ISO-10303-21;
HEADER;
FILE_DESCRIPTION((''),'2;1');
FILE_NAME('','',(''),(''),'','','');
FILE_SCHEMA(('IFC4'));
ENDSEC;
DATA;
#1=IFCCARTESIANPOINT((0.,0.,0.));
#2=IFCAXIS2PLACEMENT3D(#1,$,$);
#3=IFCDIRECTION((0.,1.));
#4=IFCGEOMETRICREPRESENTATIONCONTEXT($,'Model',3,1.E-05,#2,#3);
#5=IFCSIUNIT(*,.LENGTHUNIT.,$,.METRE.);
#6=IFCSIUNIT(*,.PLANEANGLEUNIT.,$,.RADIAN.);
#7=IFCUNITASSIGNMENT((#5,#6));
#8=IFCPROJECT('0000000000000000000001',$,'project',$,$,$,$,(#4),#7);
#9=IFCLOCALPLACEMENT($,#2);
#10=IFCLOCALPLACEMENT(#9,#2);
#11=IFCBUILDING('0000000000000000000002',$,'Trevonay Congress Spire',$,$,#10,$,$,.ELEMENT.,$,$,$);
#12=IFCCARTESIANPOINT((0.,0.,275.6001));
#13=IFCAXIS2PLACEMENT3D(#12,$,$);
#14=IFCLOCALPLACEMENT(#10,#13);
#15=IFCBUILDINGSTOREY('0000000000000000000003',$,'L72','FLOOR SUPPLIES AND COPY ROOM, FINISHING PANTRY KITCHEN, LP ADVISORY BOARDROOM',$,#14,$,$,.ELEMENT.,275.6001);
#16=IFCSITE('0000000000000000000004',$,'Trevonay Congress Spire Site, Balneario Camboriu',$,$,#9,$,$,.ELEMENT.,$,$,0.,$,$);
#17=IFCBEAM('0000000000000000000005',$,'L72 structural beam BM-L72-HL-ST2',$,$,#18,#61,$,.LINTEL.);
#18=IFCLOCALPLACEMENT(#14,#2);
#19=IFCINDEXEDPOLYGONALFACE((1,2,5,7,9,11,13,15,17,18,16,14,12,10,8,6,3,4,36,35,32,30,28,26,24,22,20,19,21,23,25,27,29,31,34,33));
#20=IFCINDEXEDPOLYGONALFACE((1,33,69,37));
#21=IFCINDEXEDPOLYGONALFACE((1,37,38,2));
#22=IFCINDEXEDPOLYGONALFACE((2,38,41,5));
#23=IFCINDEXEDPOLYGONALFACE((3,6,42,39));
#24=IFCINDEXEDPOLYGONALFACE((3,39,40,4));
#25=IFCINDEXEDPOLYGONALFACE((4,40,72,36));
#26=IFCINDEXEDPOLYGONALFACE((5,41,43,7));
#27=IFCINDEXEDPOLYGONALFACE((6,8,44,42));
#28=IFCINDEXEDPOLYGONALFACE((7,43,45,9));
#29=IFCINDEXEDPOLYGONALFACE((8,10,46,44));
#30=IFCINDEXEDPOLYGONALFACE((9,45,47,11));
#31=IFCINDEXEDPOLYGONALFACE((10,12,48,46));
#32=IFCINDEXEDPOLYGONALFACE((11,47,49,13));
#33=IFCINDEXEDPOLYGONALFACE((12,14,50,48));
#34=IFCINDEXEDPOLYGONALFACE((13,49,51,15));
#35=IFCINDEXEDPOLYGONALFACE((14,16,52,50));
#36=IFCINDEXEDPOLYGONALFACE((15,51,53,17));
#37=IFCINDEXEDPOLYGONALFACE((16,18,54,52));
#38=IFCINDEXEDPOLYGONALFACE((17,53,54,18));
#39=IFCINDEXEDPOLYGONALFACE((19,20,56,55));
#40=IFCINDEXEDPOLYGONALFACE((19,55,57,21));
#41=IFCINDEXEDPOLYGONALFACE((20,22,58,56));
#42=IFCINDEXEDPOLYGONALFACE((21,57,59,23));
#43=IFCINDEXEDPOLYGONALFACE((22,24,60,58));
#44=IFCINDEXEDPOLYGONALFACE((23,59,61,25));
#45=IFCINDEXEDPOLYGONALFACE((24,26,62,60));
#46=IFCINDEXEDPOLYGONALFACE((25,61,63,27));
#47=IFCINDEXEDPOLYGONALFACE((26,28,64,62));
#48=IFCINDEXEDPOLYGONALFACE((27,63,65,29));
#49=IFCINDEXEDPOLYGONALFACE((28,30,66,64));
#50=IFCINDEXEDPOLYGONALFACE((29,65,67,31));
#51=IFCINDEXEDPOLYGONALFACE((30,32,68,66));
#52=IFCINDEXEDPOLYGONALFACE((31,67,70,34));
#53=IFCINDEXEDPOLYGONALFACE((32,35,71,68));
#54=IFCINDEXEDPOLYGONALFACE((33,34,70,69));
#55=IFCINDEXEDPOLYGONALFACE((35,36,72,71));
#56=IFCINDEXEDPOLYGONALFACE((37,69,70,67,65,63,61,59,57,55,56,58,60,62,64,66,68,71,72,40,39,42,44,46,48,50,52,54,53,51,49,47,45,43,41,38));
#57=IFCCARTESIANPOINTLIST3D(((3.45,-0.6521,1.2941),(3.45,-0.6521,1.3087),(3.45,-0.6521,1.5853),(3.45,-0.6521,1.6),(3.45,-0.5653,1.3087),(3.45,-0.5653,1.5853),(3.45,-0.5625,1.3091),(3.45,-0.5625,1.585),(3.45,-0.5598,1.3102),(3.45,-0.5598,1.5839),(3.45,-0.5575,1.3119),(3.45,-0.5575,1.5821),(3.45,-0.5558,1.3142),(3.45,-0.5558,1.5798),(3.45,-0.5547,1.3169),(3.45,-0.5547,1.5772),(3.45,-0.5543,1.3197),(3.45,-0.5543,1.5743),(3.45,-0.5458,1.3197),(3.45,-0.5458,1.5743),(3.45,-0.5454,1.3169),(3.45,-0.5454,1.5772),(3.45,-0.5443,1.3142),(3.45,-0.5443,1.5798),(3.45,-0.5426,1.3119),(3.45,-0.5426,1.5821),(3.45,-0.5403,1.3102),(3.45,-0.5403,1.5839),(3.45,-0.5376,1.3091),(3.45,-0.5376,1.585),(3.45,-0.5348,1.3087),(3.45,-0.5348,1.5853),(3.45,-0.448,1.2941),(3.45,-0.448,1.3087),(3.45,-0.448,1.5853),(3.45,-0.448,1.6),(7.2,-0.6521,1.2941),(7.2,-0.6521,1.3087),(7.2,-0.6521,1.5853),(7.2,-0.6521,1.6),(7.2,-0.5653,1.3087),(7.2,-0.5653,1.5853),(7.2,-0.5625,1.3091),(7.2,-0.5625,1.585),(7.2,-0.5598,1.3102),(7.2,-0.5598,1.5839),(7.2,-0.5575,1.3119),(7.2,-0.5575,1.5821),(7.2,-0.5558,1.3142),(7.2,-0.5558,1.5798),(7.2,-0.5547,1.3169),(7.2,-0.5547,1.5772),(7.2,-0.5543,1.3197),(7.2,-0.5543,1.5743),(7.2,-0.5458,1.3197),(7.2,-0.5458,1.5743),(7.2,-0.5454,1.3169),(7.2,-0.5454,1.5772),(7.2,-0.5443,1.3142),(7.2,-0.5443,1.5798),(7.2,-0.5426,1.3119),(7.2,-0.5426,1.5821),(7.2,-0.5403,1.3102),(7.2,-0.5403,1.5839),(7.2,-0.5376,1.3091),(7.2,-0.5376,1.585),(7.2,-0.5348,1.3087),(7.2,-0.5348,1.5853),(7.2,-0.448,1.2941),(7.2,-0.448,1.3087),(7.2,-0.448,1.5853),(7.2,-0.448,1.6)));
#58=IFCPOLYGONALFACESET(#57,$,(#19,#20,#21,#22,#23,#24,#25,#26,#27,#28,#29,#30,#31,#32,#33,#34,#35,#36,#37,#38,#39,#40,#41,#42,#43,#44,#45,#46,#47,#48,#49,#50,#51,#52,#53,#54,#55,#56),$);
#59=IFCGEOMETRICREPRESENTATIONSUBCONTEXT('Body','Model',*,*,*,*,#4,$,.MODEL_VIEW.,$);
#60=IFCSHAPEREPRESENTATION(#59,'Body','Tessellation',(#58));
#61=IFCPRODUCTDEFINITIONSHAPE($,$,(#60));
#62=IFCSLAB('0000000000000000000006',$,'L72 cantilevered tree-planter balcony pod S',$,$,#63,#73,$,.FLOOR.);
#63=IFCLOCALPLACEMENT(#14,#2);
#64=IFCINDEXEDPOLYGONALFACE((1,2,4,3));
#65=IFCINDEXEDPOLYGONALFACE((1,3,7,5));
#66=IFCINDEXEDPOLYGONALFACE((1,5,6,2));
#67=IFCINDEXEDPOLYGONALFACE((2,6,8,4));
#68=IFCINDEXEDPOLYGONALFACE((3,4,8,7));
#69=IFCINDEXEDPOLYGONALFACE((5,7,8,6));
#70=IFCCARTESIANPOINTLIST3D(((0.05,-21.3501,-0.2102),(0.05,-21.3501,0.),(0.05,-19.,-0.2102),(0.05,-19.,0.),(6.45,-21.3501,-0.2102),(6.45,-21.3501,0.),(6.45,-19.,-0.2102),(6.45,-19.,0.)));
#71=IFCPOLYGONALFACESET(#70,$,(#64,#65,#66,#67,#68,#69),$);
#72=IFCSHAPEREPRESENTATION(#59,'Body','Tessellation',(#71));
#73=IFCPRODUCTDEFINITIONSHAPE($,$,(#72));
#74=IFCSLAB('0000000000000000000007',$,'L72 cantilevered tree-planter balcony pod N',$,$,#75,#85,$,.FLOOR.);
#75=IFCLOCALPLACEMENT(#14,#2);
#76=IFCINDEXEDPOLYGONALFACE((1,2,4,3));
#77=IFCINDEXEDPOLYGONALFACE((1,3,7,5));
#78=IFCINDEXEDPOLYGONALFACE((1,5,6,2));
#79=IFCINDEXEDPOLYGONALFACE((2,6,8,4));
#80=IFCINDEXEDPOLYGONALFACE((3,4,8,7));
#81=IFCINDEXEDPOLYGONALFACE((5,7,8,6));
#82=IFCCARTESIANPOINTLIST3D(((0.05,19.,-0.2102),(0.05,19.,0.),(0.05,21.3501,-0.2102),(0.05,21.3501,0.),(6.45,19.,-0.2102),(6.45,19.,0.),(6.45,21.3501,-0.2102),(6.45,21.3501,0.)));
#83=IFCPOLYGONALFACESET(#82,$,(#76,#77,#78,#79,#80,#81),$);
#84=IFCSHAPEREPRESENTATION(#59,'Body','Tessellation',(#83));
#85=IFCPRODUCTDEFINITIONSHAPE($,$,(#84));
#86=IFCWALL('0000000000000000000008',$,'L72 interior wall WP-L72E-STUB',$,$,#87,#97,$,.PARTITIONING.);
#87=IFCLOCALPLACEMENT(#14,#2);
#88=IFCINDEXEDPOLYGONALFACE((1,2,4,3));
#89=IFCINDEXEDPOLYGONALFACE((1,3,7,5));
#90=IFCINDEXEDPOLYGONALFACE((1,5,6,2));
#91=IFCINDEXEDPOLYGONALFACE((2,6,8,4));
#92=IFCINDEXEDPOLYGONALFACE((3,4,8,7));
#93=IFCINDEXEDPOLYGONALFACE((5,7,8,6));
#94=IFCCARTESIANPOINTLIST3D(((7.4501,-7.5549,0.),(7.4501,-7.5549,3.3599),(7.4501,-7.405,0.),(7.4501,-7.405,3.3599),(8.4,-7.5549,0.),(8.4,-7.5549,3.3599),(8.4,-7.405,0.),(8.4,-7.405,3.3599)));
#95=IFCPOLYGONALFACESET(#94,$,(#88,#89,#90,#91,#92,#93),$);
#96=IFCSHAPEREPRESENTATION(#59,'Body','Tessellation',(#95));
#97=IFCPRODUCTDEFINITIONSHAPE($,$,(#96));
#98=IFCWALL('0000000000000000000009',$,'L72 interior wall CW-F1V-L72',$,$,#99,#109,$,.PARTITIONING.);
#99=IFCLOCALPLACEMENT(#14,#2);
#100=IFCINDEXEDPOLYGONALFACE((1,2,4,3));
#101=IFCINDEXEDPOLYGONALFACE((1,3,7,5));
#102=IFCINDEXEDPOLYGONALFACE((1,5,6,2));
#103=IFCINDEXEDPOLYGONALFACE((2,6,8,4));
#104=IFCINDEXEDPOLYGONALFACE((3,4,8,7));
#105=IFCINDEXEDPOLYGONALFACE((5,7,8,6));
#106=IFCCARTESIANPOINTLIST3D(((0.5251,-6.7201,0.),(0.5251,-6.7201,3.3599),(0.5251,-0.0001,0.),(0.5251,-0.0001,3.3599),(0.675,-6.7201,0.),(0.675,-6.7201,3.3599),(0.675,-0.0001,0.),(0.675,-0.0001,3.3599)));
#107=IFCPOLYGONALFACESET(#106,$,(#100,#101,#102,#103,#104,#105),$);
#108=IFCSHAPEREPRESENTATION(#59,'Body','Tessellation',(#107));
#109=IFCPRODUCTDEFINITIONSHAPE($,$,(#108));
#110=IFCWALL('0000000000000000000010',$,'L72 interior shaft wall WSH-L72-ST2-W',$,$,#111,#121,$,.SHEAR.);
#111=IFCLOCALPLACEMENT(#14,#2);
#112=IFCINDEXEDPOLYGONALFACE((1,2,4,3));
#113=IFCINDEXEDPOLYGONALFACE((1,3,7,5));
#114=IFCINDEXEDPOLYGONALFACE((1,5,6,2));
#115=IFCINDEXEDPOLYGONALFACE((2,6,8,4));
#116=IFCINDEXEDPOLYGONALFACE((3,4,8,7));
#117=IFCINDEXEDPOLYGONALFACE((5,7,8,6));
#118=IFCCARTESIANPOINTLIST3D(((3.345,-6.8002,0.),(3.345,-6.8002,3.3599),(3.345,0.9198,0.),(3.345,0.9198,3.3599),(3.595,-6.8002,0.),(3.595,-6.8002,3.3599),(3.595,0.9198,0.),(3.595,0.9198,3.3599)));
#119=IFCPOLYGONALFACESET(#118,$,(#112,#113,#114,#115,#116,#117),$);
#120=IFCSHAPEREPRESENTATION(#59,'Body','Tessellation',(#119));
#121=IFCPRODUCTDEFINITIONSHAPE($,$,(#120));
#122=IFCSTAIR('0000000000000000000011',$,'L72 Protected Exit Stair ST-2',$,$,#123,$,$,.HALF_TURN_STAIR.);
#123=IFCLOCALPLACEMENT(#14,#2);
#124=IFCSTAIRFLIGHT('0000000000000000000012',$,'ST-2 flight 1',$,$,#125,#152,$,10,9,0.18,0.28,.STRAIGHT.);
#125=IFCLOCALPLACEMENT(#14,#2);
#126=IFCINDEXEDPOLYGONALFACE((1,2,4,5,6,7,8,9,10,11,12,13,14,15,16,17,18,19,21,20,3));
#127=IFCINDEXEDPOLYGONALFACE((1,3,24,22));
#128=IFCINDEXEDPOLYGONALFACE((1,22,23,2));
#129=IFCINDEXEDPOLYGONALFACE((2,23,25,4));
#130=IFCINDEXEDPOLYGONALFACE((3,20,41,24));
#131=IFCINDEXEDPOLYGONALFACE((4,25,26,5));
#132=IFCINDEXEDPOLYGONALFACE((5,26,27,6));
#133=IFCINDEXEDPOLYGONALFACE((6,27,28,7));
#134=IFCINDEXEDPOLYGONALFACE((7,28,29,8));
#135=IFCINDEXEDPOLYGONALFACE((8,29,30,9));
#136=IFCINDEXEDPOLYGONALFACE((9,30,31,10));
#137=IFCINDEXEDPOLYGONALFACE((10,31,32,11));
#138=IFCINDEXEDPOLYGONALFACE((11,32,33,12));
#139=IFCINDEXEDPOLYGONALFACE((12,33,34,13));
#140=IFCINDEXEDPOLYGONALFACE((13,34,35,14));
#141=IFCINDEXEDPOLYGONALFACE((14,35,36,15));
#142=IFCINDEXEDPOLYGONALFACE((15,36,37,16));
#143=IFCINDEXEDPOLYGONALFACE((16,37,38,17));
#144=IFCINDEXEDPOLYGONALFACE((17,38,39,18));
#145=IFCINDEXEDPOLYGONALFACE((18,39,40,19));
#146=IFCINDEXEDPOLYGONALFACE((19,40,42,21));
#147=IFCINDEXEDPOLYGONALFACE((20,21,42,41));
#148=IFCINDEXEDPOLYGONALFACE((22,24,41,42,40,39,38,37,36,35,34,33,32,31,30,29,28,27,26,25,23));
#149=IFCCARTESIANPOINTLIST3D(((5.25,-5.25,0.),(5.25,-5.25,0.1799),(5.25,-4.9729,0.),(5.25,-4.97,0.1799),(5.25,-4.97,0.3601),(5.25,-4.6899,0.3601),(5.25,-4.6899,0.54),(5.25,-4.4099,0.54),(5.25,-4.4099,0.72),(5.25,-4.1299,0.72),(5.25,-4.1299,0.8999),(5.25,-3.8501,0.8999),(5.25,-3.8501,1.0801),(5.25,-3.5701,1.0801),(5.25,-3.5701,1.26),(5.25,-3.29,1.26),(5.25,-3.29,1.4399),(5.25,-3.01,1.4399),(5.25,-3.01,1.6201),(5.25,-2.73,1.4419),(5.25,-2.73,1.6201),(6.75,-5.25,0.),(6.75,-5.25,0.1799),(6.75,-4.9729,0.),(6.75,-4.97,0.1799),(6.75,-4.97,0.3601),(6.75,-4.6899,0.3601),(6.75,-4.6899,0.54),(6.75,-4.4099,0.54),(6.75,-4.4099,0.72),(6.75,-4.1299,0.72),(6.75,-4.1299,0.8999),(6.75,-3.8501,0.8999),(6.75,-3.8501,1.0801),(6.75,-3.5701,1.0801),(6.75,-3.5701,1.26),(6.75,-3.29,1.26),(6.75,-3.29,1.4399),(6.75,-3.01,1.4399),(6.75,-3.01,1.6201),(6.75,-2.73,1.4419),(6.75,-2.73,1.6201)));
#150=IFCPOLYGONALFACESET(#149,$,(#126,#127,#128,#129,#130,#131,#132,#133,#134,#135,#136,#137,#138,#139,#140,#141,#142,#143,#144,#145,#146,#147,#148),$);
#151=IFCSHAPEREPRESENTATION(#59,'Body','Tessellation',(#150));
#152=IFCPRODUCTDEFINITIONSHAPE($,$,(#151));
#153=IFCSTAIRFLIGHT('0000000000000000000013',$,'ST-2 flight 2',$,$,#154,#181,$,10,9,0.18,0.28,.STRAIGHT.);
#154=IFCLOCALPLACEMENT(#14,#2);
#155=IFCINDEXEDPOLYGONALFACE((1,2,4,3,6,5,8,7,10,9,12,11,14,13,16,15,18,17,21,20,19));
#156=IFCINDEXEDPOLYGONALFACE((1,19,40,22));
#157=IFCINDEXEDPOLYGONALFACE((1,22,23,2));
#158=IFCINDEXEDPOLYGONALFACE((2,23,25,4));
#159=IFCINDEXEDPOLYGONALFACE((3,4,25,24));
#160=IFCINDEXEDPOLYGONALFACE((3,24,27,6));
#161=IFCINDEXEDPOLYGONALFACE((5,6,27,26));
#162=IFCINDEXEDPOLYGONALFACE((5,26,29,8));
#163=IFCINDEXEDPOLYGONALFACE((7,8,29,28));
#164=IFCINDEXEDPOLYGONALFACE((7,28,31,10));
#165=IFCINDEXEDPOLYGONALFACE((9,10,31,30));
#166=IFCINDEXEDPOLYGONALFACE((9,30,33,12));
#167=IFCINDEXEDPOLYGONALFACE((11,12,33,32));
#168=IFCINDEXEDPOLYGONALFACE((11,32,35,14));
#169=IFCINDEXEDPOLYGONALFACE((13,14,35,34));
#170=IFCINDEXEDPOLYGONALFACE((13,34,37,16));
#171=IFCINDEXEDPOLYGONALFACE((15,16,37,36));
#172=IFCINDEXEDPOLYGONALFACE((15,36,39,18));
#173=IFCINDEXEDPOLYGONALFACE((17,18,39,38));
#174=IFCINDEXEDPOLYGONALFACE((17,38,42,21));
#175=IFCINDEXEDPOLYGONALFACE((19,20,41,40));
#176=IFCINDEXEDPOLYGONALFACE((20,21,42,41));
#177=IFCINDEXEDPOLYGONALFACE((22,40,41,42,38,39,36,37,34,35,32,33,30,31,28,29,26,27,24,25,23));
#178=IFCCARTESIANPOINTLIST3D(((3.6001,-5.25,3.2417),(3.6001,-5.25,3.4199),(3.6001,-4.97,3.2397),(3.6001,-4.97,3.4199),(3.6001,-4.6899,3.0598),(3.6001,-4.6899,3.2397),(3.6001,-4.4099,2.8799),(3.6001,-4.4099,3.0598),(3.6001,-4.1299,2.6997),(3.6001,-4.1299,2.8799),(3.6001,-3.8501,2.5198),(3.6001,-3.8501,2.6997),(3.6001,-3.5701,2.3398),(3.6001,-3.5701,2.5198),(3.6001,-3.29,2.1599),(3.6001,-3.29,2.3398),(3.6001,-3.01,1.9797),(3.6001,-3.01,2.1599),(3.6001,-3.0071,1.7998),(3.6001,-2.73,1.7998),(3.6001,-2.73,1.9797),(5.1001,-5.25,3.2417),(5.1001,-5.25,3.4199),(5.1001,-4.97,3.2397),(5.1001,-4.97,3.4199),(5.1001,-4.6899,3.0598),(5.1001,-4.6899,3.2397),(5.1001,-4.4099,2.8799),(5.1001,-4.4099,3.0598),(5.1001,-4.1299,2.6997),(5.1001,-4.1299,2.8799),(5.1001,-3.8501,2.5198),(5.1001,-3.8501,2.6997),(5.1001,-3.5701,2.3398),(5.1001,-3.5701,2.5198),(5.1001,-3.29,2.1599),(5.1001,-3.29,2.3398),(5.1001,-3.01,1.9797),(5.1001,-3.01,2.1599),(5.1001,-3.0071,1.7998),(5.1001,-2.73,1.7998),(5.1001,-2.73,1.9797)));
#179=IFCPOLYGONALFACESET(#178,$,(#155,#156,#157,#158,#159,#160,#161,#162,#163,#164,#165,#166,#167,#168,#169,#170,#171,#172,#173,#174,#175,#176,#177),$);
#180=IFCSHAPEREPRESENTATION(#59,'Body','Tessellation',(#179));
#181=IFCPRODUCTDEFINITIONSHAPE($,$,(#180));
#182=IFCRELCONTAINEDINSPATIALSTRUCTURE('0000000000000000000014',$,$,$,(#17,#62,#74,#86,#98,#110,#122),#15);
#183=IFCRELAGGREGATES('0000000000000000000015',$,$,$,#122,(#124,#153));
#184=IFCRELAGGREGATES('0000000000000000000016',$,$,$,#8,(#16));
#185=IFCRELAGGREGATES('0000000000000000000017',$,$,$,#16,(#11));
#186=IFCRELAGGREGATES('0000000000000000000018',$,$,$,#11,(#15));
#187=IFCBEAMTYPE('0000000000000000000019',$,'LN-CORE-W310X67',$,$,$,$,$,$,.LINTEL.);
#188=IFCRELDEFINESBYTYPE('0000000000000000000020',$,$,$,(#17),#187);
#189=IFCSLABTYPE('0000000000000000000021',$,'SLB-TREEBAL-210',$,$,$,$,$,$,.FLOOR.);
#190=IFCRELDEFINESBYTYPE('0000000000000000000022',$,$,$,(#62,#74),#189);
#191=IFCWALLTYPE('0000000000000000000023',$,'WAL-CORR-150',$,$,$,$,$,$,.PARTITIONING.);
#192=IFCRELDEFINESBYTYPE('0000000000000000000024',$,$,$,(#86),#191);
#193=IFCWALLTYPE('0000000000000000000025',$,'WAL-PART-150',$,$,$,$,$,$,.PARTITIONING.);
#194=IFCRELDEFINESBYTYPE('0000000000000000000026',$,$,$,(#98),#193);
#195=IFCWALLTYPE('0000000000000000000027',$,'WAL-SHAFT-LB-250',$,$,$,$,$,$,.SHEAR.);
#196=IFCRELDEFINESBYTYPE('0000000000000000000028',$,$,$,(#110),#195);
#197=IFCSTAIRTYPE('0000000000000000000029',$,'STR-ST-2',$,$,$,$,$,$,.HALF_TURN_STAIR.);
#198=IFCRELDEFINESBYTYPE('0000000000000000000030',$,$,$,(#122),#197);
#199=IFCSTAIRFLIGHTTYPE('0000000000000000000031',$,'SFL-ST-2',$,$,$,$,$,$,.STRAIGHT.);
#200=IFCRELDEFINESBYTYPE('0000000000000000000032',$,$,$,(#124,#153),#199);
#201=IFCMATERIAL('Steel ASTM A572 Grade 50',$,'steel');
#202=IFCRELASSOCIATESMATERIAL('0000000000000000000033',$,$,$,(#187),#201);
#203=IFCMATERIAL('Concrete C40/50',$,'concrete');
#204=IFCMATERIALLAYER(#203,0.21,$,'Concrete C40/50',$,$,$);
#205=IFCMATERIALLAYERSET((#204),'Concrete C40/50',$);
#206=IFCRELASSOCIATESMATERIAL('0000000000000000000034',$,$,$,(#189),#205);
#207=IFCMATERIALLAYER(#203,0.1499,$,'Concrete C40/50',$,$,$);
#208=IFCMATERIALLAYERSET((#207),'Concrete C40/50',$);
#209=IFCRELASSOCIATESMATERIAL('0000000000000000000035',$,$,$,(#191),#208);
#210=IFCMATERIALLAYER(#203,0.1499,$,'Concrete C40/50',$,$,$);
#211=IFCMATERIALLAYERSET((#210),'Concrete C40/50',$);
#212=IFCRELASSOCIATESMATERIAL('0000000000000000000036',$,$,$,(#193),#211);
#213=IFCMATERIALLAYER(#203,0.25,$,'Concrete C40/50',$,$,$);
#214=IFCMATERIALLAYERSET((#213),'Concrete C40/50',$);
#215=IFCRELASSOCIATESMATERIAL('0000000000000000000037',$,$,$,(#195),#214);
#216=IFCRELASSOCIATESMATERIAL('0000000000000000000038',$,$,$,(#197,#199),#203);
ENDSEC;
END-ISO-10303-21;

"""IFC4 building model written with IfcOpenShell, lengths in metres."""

from ifc_helpers import new_model, si_unit, direction, frame, frame_2d, origin, origin_2d, place, context, subcontext, project, spatial, polyline, rectangle, i_section, outline, extrude, material, layer, layer_set, material_profile, profile_set, type_object, element, aggregate, save


model = new_model("IFC4")

# Units and contexts
model_context = context("Model", 3, precision=1e-05, world=origin(), true_north=direction((0.0, 1.0)))
body_context = subcontext(model_context, "Body", "Model", "MODEL_VIEW")
ifc_project = project(units=[si_unit("LENGTHUNIT", "METRE"), si_unit("PLANEANGLEUNIT", "RADIAN")], contexts=[model_context])

# Site, building, storey
site_placement = place(None, origin())
site = spatial("IfcSite", under=ifc_project, at=site_placement, Name="Trevonay Congress Spire Site, Balneario Camboriu", CompositionType="ELEMENT", RefElevation=0.0)
building_placement = place(site_placement, origin())
building = spatial("IfcBuilding", under=site, at=building_placement, Name="Trevonay Congress Spire", CompositionType="ELEMENT")
storey_placement = place(building_placement, frame((0.0, 0.0, 275.6001)))
storey = spatial("IfcBuildingStorey", under=building, at=storey_placement, Name="L72", Description="FLOOR SUPPLIES AND COPY ROOM, FINISHING PANTRY KITCHEN, LP ADVISORY BOARDROOM", CompositionType="ELEMENT", Elevation=275.6001)

# Shared definitions
ifc_material_1 = material(Name="Steel ASTM A572 Grade 50", Category="steel")

# Beam
ifc_material_profile_1 = material_profile(ifc_material_1, i_section(OverallWidth=0.2041, OverallDepth=0.3059, WebThickness=0.0085, FlangeThickness=0.0146, FilletRadius=0.011, at=origin_2d()), Name="W310x67")
ifc_profile_set_1 = profile_set([ifc_material_profile_1], Name="Steel ASTM A572 Grade 50")
beam_type_1 = type_object("IfcBeamType", Name="LN-CORE-W310X67", PredefinedType="LINTEL", material=ifc_profile_set_1)
beam_1_placement = place(storey_placement, frame((3.45, -0.55, 1.447), z_axis=(1.0, 0.0, 0.0), x_axis=(0.0, 1.0, 0.0)))
element("IfcBeam", 1, at=beam_1_placement, inside=storey, type_object=beam_type_1, Name="L72 structural beam BM-L72-HL-ST2", PredefinedType="LINTEL", context=body_context, shape_type="SweptSolid", body=[
    extrude(i_section(OverallWidth=0.2041, OverallDepth=0.3059, WebThickness=0.0085, FlangeThickness=0.0146, FilletRadius=0.011, at=origin_2d()), origin(), (0.0, 0.0, 1.0), 3.75),
])

# Slabs
ifc_material_2 = material(Name="Concrete C40/50", Category="concrete")
ifc_layer_1 = layer(ifc_material_2, 0.21, Name="Concrete C40/50")
ifc_layer_set_1 = layer_set([ifc_layer_1], Name="Concrete C40/50")
slab_type = type_object("IfcSlabType", Name="SLB-TREEBAL-210", PredefinedType="FLOOR", material=ifc_layer_set_1)
slab_1_placement = place(storey_placement, frame((0.0, 0.0, -0.2102)))
element("IfcSlab", 2, at=slab_1_placement, inside=storey, type_object=slab_type, Name="L72 cantilevered tree-planter balcony pod S", PredefinedType="FLOOR", context=body_context, shape_type="SweptSolid", body=[
    extrude(outline(polyline([(0.05, -21.3501), (6.45, -21.3501), (6.45, -19.0), (0.05, -19.0), (0.05, -21.3501)])), origin(), (0.0, 0.0, 1.0), 0.2102),
])
slab_2_placement = place(storey_placement, frame((0.0, 0.0, -0.2102)))
element("IfcSlab", 3, at=slab_2_placement, inside=storey, type_object=slab_type, Name="L72 cantilevered tree-planter balcony pod N", PredefinedType="FLOOR", context=body_context, shape_type="SweptSolid", body=[
    extrude(outline(polyline([(0.05, 19.0), (6.45, 19.0), (6.45, 21.3501), (0.05, 21.3501), (0.05, 19.0)])), origin(), (0.0, 0.0, 1.0), 0.2102),
])

# Walls
ifc_layer_2 = layer(ifc_material_2, 0.1499, Name="Concrete C40/50")
ifc_layer_set_2 = layer_set([ifc_layer_2], Name="Concrete C40/50")
wall_type_1 = type_object("IfcWallType", Name="WAL-CORR-150", PredefinedType="PARTITIONING", material=ifc_layer_set_2)
wall_1_placement = place(storey_placement, frame((7.45, -7.48, 0.0), z_axis=(0.0, 0.0, 1.0), x_axis=(1.0, 0.0, 0.0)))
element("IfcWall", 4, at=wall_1_placement, inside=storey, type_object=wall_type_1, Name="L72 interior wall WP-L72E-STUB", PredefinedType="PARTITIONING", context=body_context, shape_type="SweptSolid", body=[
    extrude(rectangle(XDim=0.95, YDim=0.1499, at=frame_2d((0.4751, 0.0))), origin(), (0.0, 0.0, 1.0), 3.3599),
])
ifc_layer_3 = layer(ifc_material_2, 0.1499, Name="Concrete C40/50")
ifc_layer_set_3 = layer_set([ifc_layer_3], Name="Concrete C40/50")
wall_type_2 = type_object("IfcWallType", Name="WAL-PART-150", PredefinedType="PARTITIONING", material=ifc_layer_set_3)
wall_2_placement = place(storey_placement, frame((0.6001, -6.72, 0.0), z_axis=(0.0, 0.0, 1.0), x_axis=(0.0, 1.0, 0.0)))
element("IfcWall", 5, at=wall_2_placement, inside=storey, type_object=wall_type_2, Name="L72 interior wall CW-F1V-L72", PredefinedType="PARTITIONING", context=body_context, shape_type="SweptSolid", body=[
    extrude(rectangle(XDim=6.72, YDim=0.1499, at=frame_2d((3.3599, 0.0))), origin(), (0.0, 0.0, 1.0), 3.3599),
])
ifc_layer_4 = layer(ifc_material_2, 0.25, Name="Concrete C40/50")
ifc_layer_set_4 = layer_set([ifc_layer_4], Name="Concrete C40/50")
wall_type_3 = type_object("IfcWallType", Name="WAL-SHAFT-LB-250", PredefinedType="SHEAR", material=ifc_layer_set_4)
wall_3_placement = place(storey_placement, frame((3.47, -6.8, 0.0), z_axis=(0.0, 0.0, 1.0), x_axis=(0.0, 1.0, 0.0)))
element("IfcWall", 6, at=wall_3_placement, inside=storey, type_object=wall_type_3, Name="L72 interior shaft wall WSH-L72-ST2-W", PredefinedType="SHEAR", context=body_context, shape_type="SweptSolid", body=[
    extrude(rectangle(XDim=7.72, YDim=0.25, at=frame_2d((3.8599, 0.0))), origin(), (0.0, 0.0, 1.0), 3.3599),
])

# Stair, stair flights
stair_type = type_object("IfcStairType", Name="STR-ST-2", PredefinedType="HALF_TURN_STAIR", material=ifc_material_2)
stair_placement = place(storey_placement, origin())
stair = element("IfcStair", 7, at=stair_placement, inside=storey, type_object=stair_type, Name="L72 Protected Exit Stair ST-2", PredefinedType="HALF_TURN_STAIR")
stair_flight_type = type_object("IfcStairFlightType", Name="SFL-ST-2", PredefinedType="STRAIGHT", material=ifc_material_2)
stair_flight_1_placement = place(storey_placement, frame((6.0, -5.25, 0.0), z_axis=(0.0, 0.0, 1.0), x_axis=(0.0, 1.0, 0.0)))
stair_flight_1 = element("IfcStairFlight", 8, at=stair_flight_1_placement, type_object=stair_flight_type, Name="ST-2 flight 1", NumberOfRisers=10, NumberOfTreads=9, PredefinedType="STRAIGHT", RiserHeight=0.18, TreadLength=0.28, context=body_context, shape_type="SweptSolid", body=[
    extrude(outline(polyline([(0.0, 0.0), (0.0, 0.1799), (0.28, 0.1799), (0.28, 0.3601), (0.5601, 0.3601), (0.5601, 0.54), (0.8401, 0.54), (0.8401, 0.72), (1.1201, 0.72), (1.1201, 0.8999), (1.3999, 0.8999), (1.3999, 1.0801), (1.6799, 1.0801), (1.6799, 1.26), (1.96, 1.26), (1.96, 1.4399), (2.24, 1.4399), (2.24, 1.6201), (2.52, 1.6201), (2.52, 1.8), (2.52, 1.4419), (0.2771, 0.0), (0.0, 0.0)])), frame((0.0, 0.75, 0.0), z_axis=(0.0, -1.0, 0.0), x_axis=(1.0, 0.0, 0.0)), (0.0, 0.0, 1.0), 1.5),
])
stair_flight_2_placement = place(storey_placement, frame((4.3501, -2.73, 1.7998), z_axis=(0.0, 0.0, 1.0), x_axis=(0.0, -1.0, 0.0)))
stair_flight_2 = element("IfcStairFlight", 9, at=stair_flight_2_placement, type_object=stair_flight_type, Name="ST-2 flight 2", NumberOfRisers=10, NumberOfTreads=9, PredefinedType="STRAIGHT", RiserHeight=0.18, TreadLength=0.28, context=body_context, shape_type="SweptSolid", body=[
    extrude(outline(polyline([(0.0, 0.0), (0.0, 0.1799), (0.28, 0.1799), (0.28, 0.3601), (0.5601, 0.3601), (0.5601, 0.54), (0.8401, 0.54), (0.8401, 0.72), (1.1201, 0.72), (1.1201, 0.8999), (1.3999, 0.8999), (1.3999, 1.0801), (1.6799, 1.0801), (1.6799, 1.26), (1.96, 1.26), (1.96, 1.4399), (2.24, 1.4399), (2.24, 1.6201), (2.52, 1.6201), (2.52, 1.8), (2.52, 1.4419), (0.2771, 0.0), (0.0, 0.0)])), frame((0.0, 0.75, 0.0), z_axis=(0.0, -1.0, 0.0), x_axis=(1.0, 0.0, 0.0)), (0.0, 0.0, 1.0), 1.5),
])
aggregate(stair, [stair_flight_1, stair_flight_2])

save(model, "model.ifc")
